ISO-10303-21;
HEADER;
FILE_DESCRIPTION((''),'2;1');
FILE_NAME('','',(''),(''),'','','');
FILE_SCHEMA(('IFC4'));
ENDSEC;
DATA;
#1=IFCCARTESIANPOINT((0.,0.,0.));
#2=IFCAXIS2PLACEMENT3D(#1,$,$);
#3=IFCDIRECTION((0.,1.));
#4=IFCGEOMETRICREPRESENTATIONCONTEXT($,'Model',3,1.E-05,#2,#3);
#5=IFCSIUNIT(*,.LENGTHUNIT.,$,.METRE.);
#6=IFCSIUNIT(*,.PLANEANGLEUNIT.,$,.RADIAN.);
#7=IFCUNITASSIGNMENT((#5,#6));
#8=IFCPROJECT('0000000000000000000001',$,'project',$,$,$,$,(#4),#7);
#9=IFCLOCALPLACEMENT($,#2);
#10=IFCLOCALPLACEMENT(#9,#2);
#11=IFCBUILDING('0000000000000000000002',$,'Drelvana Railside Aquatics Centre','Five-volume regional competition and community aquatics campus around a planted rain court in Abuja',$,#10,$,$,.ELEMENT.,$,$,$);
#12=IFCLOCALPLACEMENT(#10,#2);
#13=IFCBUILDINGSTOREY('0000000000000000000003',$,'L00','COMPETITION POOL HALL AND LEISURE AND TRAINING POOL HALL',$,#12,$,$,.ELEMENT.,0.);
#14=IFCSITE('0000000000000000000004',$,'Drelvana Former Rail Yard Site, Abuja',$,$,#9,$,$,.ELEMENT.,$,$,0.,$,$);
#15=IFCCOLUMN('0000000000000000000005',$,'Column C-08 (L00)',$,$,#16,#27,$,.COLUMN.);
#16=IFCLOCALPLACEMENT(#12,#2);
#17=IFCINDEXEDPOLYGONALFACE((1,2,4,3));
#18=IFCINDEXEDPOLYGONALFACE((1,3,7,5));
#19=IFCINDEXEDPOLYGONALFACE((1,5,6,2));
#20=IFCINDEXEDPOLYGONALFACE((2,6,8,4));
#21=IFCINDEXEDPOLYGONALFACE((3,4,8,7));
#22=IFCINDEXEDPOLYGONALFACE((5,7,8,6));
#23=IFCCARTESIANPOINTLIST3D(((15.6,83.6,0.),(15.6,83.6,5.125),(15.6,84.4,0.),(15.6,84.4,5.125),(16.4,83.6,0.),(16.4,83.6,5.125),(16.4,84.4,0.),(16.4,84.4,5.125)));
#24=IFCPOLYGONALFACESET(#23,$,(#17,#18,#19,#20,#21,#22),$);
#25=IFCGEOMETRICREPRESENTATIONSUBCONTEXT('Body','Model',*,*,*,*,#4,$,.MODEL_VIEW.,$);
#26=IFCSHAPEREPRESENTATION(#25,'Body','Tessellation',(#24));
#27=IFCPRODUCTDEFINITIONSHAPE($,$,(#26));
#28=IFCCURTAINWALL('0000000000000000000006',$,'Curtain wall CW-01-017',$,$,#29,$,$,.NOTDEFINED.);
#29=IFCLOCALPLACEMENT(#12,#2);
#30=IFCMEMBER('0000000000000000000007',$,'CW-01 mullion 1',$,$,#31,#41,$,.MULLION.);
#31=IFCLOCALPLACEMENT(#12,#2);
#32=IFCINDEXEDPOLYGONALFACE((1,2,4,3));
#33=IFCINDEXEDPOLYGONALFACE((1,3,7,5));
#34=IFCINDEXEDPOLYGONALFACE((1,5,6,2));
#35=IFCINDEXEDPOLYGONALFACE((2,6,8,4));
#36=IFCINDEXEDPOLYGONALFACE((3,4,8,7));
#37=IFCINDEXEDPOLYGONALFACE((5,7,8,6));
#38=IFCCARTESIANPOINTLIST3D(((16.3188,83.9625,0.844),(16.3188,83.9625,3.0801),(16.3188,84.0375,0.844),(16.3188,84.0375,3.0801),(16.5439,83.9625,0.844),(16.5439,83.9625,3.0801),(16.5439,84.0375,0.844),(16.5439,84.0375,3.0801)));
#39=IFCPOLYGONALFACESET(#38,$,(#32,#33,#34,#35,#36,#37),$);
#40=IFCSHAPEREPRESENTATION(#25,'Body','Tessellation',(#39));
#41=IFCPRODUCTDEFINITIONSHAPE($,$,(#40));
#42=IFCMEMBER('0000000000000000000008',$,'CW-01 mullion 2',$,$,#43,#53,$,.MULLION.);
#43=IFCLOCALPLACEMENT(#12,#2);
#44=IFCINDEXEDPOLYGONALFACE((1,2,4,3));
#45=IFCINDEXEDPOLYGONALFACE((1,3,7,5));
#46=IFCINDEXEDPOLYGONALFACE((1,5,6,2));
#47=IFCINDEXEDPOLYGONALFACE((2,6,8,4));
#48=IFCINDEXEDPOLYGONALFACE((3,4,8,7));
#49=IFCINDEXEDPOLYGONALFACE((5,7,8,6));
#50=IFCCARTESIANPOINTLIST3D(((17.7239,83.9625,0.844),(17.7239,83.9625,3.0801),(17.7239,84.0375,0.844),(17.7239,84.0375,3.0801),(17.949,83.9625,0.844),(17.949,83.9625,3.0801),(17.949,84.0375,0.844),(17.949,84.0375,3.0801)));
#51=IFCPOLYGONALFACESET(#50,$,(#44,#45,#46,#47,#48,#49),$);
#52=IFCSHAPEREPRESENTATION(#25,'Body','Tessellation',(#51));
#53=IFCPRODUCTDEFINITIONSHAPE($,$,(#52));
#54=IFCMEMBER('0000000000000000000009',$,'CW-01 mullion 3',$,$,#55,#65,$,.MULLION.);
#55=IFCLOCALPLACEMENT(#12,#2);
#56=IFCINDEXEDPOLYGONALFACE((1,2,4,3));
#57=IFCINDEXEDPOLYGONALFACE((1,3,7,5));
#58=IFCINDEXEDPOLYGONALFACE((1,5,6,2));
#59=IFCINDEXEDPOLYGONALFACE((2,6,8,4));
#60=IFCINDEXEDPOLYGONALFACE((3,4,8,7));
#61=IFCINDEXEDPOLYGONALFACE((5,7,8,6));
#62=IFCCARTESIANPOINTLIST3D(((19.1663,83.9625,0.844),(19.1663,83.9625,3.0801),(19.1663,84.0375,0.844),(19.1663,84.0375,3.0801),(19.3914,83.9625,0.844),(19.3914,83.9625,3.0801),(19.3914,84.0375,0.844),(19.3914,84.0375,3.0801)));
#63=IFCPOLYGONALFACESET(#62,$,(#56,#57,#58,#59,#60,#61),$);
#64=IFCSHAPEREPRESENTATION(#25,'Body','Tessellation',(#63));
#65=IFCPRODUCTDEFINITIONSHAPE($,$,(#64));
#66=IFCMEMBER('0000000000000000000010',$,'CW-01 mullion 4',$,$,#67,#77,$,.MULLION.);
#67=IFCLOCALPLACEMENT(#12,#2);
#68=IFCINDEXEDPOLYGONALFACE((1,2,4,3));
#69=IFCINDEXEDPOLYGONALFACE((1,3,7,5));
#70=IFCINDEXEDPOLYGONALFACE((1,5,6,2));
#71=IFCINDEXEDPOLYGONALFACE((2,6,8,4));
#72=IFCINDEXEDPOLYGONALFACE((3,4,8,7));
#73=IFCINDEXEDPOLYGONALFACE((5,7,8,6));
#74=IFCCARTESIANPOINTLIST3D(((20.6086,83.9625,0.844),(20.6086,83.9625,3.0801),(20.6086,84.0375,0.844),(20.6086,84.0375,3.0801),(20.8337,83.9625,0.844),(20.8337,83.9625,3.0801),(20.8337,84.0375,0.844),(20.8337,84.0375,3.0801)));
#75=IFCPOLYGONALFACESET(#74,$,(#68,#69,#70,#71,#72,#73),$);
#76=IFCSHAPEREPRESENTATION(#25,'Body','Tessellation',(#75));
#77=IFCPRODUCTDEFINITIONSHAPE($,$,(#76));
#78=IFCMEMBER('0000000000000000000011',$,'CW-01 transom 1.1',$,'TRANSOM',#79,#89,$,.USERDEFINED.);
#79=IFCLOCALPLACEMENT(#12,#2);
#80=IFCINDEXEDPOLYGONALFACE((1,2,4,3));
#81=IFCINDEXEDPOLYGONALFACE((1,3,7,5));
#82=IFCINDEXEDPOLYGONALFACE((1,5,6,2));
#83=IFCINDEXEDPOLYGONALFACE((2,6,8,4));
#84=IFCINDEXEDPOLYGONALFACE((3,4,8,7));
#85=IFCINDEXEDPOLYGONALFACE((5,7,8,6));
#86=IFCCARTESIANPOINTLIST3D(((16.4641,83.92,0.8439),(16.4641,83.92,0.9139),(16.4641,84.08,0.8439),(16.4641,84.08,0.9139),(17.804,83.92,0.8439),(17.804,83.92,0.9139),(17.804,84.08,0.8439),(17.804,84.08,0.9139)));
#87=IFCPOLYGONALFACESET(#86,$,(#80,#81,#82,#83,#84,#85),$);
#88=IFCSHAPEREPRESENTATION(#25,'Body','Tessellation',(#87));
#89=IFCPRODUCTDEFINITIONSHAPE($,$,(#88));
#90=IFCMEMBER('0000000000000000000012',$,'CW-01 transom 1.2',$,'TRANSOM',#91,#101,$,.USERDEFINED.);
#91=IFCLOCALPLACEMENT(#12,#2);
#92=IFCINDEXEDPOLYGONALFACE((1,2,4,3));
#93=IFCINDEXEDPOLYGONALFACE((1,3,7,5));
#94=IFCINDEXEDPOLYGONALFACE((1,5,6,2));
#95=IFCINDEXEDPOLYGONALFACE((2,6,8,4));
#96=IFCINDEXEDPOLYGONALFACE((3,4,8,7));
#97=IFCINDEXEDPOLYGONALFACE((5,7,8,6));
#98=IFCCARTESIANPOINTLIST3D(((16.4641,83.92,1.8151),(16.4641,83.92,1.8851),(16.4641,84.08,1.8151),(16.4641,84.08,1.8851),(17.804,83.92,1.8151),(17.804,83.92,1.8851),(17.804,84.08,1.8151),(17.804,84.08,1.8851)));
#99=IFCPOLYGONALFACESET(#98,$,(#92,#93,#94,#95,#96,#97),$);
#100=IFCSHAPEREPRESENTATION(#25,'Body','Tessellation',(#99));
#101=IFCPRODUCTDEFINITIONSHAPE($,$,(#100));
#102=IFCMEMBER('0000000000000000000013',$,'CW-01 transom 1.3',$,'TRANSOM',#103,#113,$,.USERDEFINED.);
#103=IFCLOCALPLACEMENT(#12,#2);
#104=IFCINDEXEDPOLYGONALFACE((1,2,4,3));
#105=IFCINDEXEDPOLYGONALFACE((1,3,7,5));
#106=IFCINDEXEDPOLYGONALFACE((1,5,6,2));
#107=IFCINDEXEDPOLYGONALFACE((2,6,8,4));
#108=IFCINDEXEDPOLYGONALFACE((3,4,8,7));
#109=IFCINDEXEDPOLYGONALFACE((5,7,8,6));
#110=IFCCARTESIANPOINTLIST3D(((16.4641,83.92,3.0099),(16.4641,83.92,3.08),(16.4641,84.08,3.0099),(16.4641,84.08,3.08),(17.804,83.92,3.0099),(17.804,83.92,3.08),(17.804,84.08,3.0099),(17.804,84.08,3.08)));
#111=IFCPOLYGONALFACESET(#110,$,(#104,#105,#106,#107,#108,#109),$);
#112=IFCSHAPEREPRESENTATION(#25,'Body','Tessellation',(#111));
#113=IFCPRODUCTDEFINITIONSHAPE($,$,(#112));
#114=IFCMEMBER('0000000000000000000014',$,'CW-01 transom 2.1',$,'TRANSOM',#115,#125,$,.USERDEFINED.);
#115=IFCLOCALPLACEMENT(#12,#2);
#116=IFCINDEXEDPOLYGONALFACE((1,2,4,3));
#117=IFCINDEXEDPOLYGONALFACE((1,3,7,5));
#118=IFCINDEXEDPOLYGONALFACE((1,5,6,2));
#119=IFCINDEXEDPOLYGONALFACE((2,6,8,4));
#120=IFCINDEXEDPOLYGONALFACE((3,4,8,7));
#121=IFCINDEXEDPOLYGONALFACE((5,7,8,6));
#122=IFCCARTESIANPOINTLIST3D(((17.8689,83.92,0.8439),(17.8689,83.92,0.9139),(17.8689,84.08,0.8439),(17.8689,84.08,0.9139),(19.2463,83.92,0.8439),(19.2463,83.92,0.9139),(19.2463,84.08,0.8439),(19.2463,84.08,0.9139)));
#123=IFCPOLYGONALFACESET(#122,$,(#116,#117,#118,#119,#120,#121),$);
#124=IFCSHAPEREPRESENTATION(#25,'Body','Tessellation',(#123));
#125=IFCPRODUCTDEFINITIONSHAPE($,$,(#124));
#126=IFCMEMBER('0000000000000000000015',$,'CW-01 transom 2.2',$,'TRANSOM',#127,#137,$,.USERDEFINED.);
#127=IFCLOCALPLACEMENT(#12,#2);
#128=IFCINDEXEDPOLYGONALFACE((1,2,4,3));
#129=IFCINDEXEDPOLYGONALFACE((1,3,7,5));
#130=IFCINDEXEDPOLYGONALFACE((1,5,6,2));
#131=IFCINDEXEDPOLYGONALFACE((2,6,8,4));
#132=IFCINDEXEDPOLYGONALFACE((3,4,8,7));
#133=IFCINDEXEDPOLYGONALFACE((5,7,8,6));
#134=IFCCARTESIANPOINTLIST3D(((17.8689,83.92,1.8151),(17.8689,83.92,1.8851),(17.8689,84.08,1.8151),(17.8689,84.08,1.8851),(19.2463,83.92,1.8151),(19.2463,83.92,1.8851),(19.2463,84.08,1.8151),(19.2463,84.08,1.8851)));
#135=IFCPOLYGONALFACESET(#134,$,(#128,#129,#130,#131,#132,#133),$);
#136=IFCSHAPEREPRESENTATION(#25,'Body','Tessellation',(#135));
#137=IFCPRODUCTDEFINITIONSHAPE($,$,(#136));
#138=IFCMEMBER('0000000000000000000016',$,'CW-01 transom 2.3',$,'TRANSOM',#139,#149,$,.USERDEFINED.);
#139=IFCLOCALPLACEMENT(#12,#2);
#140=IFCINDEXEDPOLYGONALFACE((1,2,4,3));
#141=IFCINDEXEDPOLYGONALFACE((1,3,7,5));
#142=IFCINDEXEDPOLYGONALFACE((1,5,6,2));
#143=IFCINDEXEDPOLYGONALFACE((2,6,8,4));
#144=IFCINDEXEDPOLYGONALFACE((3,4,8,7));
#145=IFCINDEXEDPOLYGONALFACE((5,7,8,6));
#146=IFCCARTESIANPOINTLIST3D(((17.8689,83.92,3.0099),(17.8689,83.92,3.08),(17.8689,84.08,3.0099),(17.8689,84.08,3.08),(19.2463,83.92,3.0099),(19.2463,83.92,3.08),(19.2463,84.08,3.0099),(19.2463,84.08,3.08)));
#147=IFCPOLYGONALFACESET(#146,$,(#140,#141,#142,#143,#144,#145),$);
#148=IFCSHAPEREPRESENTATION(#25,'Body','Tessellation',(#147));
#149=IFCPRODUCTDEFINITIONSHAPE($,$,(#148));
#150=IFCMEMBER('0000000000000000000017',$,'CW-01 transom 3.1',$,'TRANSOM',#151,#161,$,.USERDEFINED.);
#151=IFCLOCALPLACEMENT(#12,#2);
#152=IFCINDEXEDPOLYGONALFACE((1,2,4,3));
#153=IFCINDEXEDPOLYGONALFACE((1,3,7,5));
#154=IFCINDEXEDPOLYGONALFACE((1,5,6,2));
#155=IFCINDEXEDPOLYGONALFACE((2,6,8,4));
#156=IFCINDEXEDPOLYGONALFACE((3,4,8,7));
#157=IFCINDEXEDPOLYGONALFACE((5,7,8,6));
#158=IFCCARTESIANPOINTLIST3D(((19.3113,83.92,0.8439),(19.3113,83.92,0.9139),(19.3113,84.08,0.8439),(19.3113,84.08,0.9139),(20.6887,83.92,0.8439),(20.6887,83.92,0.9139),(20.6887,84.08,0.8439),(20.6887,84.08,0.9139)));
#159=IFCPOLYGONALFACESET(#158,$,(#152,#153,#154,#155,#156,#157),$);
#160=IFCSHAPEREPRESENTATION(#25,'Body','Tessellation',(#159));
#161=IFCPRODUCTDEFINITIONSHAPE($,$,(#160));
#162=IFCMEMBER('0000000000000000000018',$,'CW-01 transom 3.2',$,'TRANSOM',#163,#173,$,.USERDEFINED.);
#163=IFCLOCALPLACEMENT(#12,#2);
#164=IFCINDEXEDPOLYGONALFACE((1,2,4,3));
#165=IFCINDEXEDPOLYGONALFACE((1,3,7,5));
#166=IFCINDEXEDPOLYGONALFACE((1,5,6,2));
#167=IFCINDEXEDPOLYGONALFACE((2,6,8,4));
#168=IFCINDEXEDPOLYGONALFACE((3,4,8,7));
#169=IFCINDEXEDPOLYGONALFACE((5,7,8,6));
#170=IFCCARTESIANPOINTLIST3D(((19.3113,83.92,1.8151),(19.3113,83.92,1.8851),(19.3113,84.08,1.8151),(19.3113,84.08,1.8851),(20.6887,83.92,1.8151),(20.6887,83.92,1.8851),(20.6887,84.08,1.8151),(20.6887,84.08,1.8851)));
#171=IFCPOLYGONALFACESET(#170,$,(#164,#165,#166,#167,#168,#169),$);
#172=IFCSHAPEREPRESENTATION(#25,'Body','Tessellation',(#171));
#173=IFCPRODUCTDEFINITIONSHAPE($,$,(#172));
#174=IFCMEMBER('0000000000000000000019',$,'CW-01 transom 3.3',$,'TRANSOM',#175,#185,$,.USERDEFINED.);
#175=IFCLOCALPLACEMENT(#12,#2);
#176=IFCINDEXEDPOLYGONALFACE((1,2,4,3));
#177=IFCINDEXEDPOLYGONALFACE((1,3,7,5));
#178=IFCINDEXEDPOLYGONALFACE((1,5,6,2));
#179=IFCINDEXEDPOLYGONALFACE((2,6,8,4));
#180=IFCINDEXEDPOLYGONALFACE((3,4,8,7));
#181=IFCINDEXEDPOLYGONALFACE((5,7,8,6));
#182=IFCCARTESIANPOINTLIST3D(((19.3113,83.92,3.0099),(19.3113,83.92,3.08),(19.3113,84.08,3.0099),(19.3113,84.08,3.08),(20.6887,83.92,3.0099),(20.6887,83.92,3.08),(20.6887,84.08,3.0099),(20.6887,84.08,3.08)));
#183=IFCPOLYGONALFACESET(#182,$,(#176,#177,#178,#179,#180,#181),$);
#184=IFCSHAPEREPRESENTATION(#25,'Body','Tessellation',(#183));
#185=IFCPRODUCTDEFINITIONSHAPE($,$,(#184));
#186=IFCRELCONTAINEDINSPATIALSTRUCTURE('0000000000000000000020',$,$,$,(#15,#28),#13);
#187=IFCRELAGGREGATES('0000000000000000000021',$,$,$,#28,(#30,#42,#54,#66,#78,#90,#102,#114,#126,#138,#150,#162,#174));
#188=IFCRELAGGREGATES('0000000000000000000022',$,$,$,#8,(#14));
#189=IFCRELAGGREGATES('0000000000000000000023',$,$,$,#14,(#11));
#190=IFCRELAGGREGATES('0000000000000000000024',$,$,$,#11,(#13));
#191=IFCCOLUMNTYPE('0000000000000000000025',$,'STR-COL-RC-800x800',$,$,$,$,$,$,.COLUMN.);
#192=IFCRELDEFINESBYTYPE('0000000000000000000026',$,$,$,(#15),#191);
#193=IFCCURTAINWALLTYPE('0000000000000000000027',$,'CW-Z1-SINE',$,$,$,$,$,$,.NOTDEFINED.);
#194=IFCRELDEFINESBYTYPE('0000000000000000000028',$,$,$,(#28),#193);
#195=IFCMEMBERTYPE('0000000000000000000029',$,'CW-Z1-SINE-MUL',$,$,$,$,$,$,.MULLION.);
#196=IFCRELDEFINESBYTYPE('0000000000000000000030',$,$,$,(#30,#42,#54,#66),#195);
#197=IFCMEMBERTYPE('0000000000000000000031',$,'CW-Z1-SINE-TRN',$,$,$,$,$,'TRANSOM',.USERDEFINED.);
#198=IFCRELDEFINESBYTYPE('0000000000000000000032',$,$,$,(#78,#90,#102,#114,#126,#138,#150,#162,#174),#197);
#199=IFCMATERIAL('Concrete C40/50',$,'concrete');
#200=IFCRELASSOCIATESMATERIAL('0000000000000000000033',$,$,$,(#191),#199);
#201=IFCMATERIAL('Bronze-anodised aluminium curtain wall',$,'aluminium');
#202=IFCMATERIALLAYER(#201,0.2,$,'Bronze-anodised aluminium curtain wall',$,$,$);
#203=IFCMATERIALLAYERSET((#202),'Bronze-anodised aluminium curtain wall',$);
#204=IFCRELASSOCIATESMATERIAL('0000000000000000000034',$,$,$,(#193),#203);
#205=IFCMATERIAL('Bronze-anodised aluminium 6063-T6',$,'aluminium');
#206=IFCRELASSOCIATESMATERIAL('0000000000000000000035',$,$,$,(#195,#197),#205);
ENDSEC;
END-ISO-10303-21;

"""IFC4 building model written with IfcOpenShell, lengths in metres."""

from ifc_helpers import new_model, si_unit, direction, frame, origin, origin_2d, place, context, subcontext, project, spatial, rectangle, extrude, material, layer, layer_set, material_profile, profile_set, type_object, element, aggregate, save


model = new_model("IFC4")

# Units and contexts
model_context = context("Model", 3, precision=1e-05, world=origin(), true_north=direction((0.0, 1.0)))
body_context = subcontext(model_context, "Body", "Model", "MODEL_VIEW")
ifc_project = project(units=[si_unit("LENGTHUNIT", "METRE"), si_unit("PLANEANGLEUNIT", "RADIAN")], contexts=[model_context])

# Site, building, storey
site_placement = place(None, origin())
site = spatial("IfcSite", under=ifc_project, at=site_placement, Name="Drelvana Former Rail Yard Site, Abuja", CompositionType="ELEMENT", RefElevation=0.0)
building_placement = place(site_placement, origin())
building = spatial("IfcBuilding", under=site, at=building_placement, Name="Drelvana Railside Aquatics Centre", Description="Five-volume regional competition and community aquatics campus around a planted rain court in Abuja", CompositionType="ELEMENT")
storey_placement = place(building_placement, origin())
storey = spatial("IfcBuildingStorey", under=building, at=storey_placement, Name="L00", Description="COMPETITION POOL HALL AND LEISURE AND TRAINING POOL HALL", CompositionType="ELEMENT", Elevation=0.0)

# Column
ifc_material_1 = material(Name="Concrete C40/50", Category="concrete")
ifc_material_profile_1 = material_profile(ifc_material_1, rectangle(XDim=0.8, YDim=0.8, at=origin_2d()), Name="RC 800x800")
ifc_profile_set_1 = profile_set([ifc_material_profile_1], Name="Concrete C40/50")
column_type = type_object("IfcColumnType", Name="STR-COL-RC-800x800", PredefinedType="COLUMN", material=ifc_profile_set_1)
column_placement = place(storey_placement, frame((16.0, 84.0, 0.0), z_axis=(0.0, 0.0, 1.0), x_axis=(1.0, 0.0, 0.0)))
element("IfcColumn", 1, at=column_placement, inside=storey, type_object=column_type, Name="Column C-08 (L00)", PredefinedType="COLUMN", context=body_context, shape_type="SweptSolid", body=[
    extrude(rectangle(XDim=0.8, YDim=0.8, at=origin_2d()), origin(), (0.0, 0.0, 1.0), 5.125),
])

# Curtain wall, members
ifc_material_2 = material(Name="Bronze-anodised aluminium curtain wall", Category="aluminium")
ifc_layer_1 = layer(ifc_material_2, 0.2, Name="Bronze-anodised aluminium curtain wall")
ifc_layer_set_1 = layer_set([ifc_layer_1], Name="Bronze-anodised aluminium curtain wall")
curtain_wall_type = type_object("IfcCurtainWallType", Name="CW-Z1-SINE", PredefinedType="NOTDEFINED", material=ifc_layer_set_1)
curtain_wall_placement = place(storey_placement, origin())
curtain_wall = element("IfcCurtainWall", 2, at=curtain_wall_placement, inside=storey, type_object=curtain_wall_type, Name="Curtain wall CW-01-017", PredefinedType="NOTDEFINED")
ifc_material_3 = material(Name="Bronze-anodised aluminium 6063-T6", Category="aluminium")
ifc_material_profile_2 = material_profile(ifc_material_3, rectangle(XDim=0.075, YDim=0.2251, at=origin_2d()), Name="ALU-M 75x225")
ifc_profile_set_2 = profile_set([ifc_material_profile_2], Name="Bronze-anodised aluminium 6063-T6")
member_type_1 = type_object("IfcMemberType", Name="CW-Z1-SINE-MUL", PredefinedType="MULLION", material=ifc_profile_set_2)
member_1_placement = place(storey_placement, frame((16.4314, 84.0, 0.844), z_axis=(0.0, 0.0, 1.0), x_axis=(0.0, 1.0, 0.0)))
member_1 = element("IfcMember", 3, at=member_1_placement, type_object=member_type_1, Name="CW-01 mullion 1", PredefinedType="MULLION", context=body_context, shape_type="SweptSolid", body=[
    extrude(rectangle(XDim=0.075, YDim=0.2251, at=origin_2d()), origin(), (0.0, 0.0, 1.0), 2.2361),
])
member_2_placement = place(storey_placement, frame((17.8364, 84.0, 0.844), z_axis=(0.0, 0.0, 1.0), x_axis=(0.0, 1.0, 0.0)))
member_2 = element("IfcMember", 4, at=member_2_placement, type_object=member_type_1, Name="CW-01 mullion 2", PredefinedType="MULLION", context=body_context, shape_type="SweptSolid", body=[
    extrude(rectangle(XDim=0.075, YDim=0.2251, at=origin_2d()), origin(), (0.0, 0.0, 1.0), 2.2361),
])
member_3_placement = place(storey_placement, frame((19.2788, 84.0, 0.844), z_axis=(0.0, 0.0, 1.0), x_axis=(0.0, 1.0, 0.0)))
member_3 = element("IfcMember", 5, at=member_3_placement, type_object=member_type_1, Name="CW-01 mullion 3", PredefinedType="MULLION", context=body_context, shape_type="SweptSolid", body=[
    extrude(rectangle(XDim=0.075, YDim=0.2251, at=origin_2d()), origin(), (0.0, 0.0, 1.0), 2.2361),
])
member_4_placement = place(storey_placement, frame((20.7212, 84.0, 0.844), z_axis=(0.0, 0.0, 1.0), x_axis=(0.0, 1.0, 0.0)))
member_4 = element("IfcMember", 6, at=member_4_placement, type_object=member_type_1, Name="CW-01 mullion 4", PredefinedType="MULLION", context=body_context, shape_type="SweptSolid", body=[
    extrude(rectangle(XDim=0.075, YDim=0.2251, at=origin_2d()), origin(), (0.0, 0.0, 1.0), 2.2361),
])
ifc_material_profile_3 = material_profile(ifc_material_3, rectangle(XDim=0.1599, YDim=0.0701, at=origin_2d()), Name="ALU-T 70x160")
ifc_profile_set_3 = profile_set([ifc_material_profile_3], Name="Bronze-anodised aluminium 6063-T6")
member_type_2 = type_object("IfcMemberType", Name="CW-Z1-SINE-TRN", ElementType="TRANSOM", PredefinedType="USERDEFINED", material=ifc_profile_set_3)
member_5_placement = place(storey_placement, frame((16.4641, 84.0, 0.8789), z_axis=(1.0, 0.0, 0.0), x_axis=(0.0, 1.0, 0.0)))
member_5 = element("IfcMember", 7, at=member_5_placement, type_object=member_type_2, Name="CW-01 transom 1.1", ObjectType="TRANSOM", PredefinedType="USERDEFINED", context=body_context, shape_type="SweptSolid", body=[
    extrude(rectangle(XDim=0.1599, YDim=0.0701, at=origin_2d()), origin(), (0.0, 0.0, 1.0), 1.3398),
])
member_6_placement = place(storey_placement, frame((16.4641, 84.0, 1.8501), z_axis=(1.0, 0.0, 0.0), x_axis=(0.0, 1.0, 0.0)))
member_6 = element("IfcMember", 8, at=member_6_placement, type_object=member_type_2, Name="CW-01 transom 1.2", ObjectType="TRANSOM", PredefinedType="USERDEFINED", context=body_context, shape_type="SweptSolid", body=[
    extrude(rectangle(XDim=0.1599, YDim=0.0701, at=origin_2d()), origin(), (0.0, 0.0, 1.0), 1.3398),
])
member_7_placement = place(storey_placement, frame((16.4641, 84.0, 3.0449), z_axis=(1.0, 0.0, 0.0), x_axis=(0.0, 1.0, 0.0)))
member_7 = element("IfcMember", 9, at=member_7_placement, type_object=member_type_2, Name="CW-01 transom 1.3", ObjectType="TRANSOM", PredefinedType="USERDEFINED", context=body_context, shape_type="SweptSolid", body=[
    extrude(rectangle(XDim=0.1599, YDim=0.0701, at=origin_2d()), origin(), (0.0, 0.0, 1.0), 1.3398),
])
member_8_placement = place(storey_placement, frame((17.8689, 84.0, 0.8789), z_axis=(1.0, 0.0, 0.0), x_axis=(0.0, 1.0, 0.0)))
member_8 = element("IfcMember", 10, at=member_8_placement, type_object=member_type_2, Name="CW-01 transom 2.1", ObjectType="TRANSOM", PredefinedType="USERDEFINED", context=body_context, shape_type="SweptSolid", body=[
    extrude(rectangle(XDim=0.1599, YDim=0.0701, at=origin_2d()), origin(), (0.0, 0.0, 1.0), 1.3774),
])
member_9_placement = place(storey_placement, frame((17.8689, 84.0, 1.8501), z_axis=(1.0, 0.0, 0.0), x_axis=(0.0, 1.0, 0.0)))
member_9 = element("IfcMember", 11, at=member_9_placement, type_object=member_type_2, Name="CW-01 transom 2.2", ObjectType="TRANSOM", PredefinedType="USERDEFINED", context=body_context, shape_type="SweptSolid", body=[
    extrude(rectangle(XDim=0.1599, YDim=0.0701, at=origin_2d()), origin(), (0.0, 0.0, 1.0), 1.3774),
])
member_10_placement = place(storey_placement, frame((17.8689, 84.0, 3.0449), z_axis=(1.0, 0.0, 0.0), x_axis=(0.0, 1.0, 0.0)))
member_10 = element("IfcMember", 12, at=member_10_placement, type_object=member_type_2, Name="CW-01 transom 2.3", ObjectType="TRANSOM", PredefinedType="USERDEFINED", context=body_context, shape_type="SweptSolid", body=[
    extrude(rectangle(XDim=0.1599, YDim=0.0701, at=origin_2d()), origin(), (0.0, 0.0, 1.0), 1.3774),
])
member_11_placement = place(storey_placement, frame((19.3113, 84.0, 0.8789), z_axis=(1.0, 0.0, 0.0), x_axis=(0.0, 1.0, 0.0)))
member_11 = element("IfcMember", 13, at=member_11_placement, type_object=member_type_2, Name="CW-01 transom 3.1", ObjectType="TRANSOM", PredefinedType="USERDEFINED", context=body_context, shape_type="SweptSolid", body=[
    extrude(rectangle(XDim=0.1599, YDim=0.0701, at=origin_2d()), origin(), (0.0, 0.0, 1.0), 1.3774),
])
member_12_placement = place(storey_placement, frame((19.3113, 84.0, 1.8501), z_axis=(1.0, 0.0, 0.0), x_axis=(0.0, 1.0, 0.0)))
member_12 = element("IfcMember", 14, at=member_12_placement, type_object=member_type_2, Name="CW-01 transom 3.2", ObjectType="TRANSOM", PredefinedType="USERDEFINED", context=body_context, shape_type="SweptSolid", body=[
    extrude(rectangle(XDim=0.1599, YDim=0.0701, at=origin_2d()), origin(), (0.0, 0.0, 1.0), 1.3774),
])
member_13_placement = place(storey_placement, frame((19.3113, 84.0, 3.0449), z_axis=(1.0, 0.0, 0.0), x_axis=(0.0, 1.0, 0.0)))
member_13 = element("IfcMember", 15, at=member_13_placement, type_object=member_type_2, Name="CW-01 transom 3.3", ObjectType="TRANSOM", PredefinedType="USERDEFINED", context=body_context, shape_type="SweptSolid", body=[
    extrude(rectangle(XDim=0.1599, YDim=0.0701, at=origin_2d()), origin(), (0.0, 0.0, 1.0), 1.3774),
])

aggregate(curtain_wall, [member_1, member_2, member_3, member_4, member_5, member_6, member_7, member_8, member_9, member_10, member_11, member_12, member_13])

save(model, "model.ifc")
